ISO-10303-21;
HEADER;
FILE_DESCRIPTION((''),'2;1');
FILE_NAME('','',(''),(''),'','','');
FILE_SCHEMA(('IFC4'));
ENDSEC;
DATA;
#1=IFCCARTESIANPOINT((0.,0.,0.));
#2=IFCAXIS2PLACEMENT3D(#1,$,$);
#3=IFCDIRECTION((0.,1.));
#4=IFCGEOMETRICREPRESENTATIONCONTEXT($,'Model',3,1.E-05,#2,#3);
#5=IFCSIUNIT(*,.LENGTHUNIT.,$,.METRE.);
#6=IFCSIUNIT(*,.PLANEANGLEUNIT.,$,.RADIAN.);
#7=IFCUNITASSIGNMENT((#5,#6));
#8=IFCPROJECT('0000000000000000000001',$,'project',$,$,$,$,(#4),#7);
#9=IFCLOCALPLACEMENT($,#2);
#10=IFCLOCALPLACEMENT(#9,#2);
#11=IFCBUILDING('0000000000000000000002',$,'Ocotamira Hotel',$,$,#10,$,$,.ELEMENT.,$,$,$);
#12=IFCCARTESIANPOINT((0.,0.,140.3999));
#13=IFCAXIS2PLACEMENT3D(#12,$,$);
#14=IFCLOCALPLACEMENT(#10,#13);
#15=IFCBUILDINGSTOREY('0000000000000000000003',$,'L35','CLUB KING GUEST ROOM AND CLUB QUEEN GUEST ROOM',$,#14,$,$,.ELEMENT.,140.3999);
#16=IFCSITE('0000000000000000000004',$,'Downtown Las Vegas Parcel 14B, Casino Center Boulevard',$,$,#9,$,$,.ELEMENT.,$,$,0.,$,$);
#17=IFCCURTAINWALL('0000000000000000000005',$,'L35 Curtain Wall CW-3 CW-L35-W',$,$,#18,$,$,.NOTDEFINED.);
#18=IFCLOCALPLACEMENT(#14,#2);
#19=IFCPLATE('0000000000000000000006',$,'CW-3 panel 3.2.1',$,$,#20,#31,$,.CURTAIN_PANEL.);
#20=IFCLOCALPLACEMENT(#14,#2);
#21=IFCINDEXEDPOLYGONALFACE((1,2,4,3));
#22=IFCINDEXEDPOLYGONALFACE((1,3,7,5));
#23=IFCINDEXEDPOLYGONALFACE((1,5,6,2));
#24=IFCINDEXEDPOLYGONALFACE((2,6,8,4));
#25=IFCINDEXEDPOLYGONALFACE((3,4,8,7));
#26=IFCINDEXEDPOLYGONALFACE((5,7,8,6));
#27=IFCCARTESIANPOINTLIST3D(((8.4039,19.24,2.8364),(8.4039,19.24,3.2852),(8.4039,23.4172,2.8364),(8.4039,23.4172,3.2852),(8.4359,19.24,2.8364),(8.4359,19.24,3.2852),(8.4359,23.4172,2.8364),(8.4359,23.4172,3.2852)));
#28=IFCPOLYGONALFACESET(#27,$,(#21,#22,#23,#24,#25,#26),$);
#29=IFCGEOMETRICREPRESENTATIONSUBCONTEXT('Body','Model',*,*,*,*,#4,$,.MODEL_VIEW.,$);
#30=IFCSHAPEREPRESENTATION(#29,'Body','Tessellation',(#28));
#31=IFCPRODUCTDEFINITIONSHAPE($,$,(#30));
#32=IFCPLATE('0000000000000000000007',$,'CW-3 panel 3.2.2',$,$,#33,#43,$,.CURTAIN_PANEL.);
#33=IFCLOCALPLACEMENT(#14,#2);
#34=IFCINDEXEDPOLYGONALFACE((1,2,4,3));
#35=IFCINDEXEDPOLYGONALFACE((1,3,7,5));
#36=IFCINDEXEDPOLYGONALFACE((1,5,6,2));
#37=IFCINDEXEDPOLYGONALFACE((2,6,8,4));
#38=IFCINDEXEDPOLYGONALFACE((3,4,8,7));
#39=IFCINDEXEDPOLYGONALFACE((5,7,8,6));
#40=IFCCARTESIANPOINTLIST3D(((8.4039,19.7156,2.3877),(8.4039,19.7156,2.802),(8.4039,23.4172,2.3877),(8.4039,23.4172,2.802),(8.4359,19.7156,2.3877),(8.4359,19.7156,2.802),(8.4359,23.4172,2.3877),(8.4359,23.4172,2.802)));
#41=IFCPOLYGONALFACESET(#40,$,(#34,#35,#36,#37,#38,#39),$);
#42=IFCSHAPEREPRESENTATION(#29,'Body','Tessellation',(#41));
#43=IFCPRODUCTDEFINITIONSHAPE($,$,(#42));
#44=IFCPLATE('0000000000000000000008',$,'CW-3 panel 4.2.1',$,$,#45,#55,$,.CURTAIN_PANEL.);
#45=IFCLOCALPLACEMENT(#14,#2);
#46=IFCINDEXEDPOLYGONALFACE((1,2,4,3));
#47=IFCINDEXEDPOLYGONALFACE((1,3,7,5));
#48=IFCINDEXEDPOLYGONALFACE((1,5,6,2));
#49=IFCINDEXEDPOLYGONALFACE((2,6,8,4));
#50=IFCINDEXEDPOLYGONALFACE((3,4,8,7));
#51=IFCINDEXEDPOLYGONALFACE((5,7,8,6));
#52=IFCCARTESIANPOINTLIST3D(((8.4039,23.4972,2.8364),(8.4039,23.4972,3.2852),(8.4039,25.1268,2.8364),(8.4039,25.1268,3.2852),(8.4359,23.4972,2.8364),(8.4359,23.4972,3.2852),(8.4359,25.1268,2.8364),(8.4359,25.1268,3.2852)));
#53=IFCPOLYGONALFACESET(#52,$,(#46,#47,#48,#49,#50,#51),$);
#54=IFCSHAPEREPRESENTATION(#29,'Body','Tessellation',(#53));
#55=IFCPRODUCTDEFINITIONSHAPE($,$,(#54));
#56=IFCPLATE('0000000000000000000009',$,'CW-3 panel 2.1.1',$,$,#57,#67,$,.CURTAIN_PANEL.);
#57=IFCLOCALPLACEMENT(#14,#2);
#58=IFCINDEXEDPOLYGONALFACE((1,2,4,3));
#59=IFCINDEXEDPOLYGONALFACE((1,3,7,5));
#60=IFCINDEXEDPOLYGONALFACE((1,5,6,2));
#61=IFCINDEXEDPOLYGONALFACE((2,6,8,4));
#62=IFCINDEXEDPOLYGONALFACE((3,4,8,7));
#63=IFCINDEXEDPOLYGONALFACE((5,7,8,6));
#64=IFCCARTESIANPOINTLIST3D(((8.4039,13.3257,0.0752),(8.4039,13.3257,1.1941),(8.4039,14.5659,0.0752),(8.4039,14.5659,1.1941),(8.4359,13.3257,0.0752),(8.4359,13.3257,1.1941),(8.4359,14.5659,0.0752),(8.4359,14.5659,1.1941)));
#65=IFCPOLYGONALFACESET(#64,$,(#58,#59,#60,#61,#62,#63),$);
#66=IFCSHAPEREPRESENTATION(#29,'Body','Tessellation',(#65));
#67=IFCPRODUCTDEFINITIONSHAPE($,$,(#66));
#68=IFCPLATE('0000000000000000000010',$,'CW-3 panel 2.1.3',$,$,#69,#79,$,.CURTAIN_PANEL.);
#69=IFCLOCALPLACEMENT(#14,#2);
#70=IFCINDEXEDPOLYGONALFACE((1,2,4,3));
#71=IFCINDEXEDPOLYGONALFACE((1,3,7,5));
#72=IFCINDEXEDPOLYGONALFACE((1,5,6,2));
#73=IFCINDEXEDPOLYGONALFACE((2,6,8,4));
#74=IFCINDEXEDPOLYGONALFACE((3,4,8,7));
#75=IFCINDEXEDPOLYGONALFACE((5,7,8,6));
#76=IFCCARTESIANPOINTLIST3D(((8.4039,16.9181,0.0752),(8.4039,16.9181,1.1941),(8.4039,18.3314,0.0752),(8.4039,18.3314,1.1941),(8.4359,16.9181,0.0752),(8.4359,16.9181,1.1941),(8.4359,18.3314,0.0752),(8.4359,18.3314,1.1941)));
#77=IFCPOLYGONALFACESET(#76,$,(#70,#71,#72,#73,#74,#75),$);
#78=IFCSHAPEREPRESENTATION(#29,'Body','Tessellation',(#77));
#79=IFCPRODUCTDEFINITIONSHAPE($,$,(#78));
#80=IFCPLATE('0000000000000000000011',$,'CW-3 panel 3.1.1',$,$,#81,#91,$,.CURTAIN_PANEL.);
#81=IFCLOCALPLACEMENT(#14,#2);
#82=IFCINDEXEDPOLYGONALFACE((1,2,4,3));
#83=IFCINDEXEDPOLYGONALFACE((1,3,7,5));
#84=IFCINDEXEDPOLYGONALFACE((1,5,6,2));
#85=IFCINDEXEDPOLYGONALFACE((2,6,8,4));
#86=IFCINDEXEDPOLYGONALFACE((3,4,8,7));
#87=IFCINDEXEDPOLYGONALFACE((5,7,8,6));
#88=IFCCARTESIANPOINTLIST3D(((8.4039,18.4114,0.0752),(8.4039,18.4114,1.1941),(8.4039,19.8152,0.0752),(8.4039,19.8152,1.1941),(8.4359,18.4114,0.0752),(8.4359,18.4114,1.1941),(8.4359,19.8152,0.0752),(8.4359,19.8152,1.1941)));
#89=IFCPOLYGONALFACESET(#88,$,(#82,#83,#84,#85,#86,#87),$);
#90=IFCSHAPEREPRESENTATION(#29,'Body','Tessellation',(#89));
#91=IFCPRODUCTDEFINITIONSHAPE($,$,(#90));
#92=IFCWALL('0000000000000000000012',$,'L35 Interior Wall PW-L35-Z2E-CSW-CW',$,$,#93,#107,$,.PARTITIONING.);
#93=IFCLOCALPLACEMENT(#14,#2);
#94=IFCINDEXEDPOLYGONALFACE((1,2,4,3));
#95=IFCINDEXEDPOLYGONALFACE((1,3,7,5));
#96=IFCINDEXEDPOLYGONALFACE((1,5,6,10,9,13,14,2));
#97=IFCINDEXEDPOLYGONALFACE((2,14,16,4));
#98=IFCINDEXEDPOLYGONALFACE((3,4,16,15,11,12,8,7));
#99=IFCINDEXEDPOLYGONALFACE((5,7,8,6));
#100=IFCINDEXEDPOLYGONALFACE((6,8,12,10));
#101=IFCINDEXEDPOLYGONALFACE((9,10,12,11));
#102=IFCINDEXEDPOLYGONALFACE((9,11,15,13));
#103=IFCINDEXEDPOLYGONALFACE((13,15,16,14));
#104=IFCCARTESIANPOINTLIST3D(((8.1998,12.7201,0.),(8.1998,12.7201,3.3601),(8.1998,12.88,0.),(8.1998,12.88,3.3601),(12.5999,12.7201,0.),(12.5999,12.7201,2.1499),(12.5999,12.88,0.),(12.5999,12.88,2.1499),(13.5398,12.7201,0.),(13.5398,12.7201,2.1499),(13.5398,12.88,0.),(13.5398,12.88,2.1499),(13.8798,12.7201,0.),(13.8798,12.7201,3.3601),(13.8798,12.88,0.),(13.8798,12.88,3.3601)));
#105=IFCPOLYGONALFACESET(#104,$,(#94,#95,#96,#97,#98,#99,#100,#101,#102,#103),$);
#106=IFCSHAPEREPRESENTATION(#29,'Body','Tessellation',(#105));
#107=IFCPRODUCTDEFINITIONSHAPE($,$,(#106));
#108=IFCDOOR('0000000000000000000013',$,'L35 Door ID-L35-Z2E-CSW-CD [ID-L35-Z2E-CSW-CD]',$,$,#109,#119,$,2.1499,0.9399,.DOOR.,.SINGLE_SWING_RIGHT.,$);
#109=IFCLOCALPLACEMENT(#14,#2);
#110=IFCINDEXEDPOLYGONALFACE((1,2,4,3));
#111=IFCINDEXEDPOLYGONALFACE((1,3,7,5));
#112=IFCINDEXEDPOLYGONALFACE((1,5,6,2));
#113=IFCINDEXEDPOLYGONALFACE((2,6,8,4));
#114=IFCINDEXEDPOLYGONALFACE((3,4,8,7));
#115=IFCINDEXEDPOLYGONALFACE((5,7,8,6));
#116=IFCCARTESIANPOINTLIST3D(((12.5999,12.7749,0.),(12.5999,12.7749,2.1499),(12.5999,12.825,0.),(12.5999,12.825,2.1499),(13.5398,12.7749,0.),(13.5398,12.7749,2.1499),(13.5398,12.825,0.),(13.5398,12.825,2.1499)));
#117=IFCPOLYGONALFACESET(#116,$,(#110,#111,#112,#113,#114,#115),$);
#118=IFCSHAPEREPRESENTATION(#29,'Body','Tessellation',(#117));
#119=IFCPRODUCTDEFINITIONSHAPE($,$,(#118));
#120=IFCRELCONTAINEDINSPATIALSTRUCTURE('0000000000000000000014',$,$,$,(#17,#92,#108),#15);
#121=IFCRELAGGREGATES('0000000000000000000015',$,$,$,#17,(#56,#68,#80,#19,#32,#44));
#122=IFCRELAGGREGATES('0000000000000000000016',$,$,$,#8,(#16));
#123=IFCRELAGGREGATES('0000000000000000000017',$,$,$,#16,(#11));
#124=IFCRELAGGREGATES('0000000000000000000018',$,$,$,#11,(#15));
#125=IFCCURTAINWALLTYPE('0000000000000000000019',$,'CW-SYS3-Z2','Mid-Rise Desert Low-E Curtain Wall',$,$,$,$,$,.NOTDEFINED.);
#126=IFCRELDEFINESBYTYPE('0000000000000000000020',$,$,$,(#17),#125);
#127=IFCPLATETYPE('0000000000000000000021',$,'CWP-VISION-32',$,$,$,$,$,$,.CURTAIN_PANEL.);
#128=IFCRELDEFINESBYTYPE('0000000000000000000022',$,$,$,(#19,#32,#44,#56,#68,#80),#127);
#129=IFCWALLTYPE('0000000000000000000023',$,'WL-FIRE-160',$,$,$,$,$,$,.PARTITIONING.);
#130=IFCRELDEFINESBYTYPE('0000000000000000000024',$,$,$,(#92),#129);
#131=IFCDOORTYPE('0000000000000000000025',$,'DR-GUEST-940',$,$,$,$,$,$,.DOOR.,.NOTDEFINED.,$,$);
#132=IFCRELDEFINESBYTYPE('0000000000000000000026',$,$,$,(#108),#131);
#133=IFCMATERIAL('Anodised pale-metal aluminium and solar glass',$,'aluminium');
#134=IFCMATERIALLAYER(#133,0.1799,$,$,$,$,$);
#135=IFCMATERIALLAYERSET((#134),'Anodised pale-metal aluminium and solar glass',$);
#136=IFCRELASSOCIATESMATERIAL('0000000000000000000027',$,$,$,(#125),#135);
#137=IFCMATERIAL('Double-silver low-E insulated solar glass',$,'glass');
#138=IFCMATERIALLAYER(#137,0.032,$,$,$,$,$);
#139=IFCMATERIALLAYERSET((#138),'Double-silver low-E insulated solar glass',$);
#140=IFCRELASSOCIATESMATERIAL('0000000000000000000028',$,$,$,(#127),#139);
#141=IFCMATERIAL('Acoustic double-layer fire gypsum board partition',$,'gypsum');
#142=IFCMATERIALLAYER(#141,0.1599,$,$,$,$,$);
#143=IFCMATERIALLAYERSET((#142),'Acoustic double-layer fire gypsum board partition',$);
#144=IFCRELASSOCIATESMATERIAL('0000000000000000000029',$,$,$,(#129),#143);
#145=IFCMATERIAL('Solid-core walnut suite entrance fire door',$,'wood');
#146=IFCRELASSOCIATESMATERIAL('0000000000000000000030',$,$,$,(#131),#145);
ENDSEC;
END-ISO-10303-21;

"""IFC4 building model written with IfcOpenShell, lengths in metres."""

from ifc_helpers import new_model, si_unit, direction, frame, frame_2d, origin, origin_2d, place, context, subcontext, project, spatial, rectangle, extrude, source, transform, mapped, material, layer, layer_set, type_object, element, fill, aggregate, save


model = new_model("IFC4")

# Units and contexts
model_context = context("Model", 3, precision=1e-05, world=origin(), true_north=direction((0.0, 1.0)))
body_context = subcontext(model_context, "Body", "Model", "MODEL_VIEW")
ifc_project = project(units=[si_unit("LENGTHUNIT", "METRE"), si_unit("PLANEANGLEUNIT", "RADIAN")], contexts=[model_context])

# Site, building, storey
site_placement = place(None, origin())
site = spatial("IfcSite", under=ifc_project, at=site_placement, Name="Downtown Las Vegas Parcel 14B, Casino Center Boulevard", CompositionType="ELEMENT", RefElevation=0.0)
building_placement = place(site_placement, origin())
building = spatial("IfcBuilding", under=site, at=building_placement, Name="Ocotamira Hotel", CompositionType="ELEMENT")
storey_placement = place(building_placement, frame((0.0, 0.0, 140.3999)))
storey = spatial("IfcBuildingStorey", under=building, at=storey_placement, Name="L35", Description="CLUB KING GUEST ROOM AND CLUB QUEEN GUEST ROOM", CompositionType="ELEMENT", Elevation=140.3999)

# Curtain wall
ifc_material_1 = material(Name="Anodised pale-metal aluminium and solar glass", Category="aluminium")
ifc_layer_1 = layer(ifc_material_1, 0.1799)
ifc_layer_set_1 = layer_set([ifc_layer_1], Name="Anodised pale-metal aluminium and solar glass")
curtain_wall_type = type_object("IfcCurtainWallType", Name="CW-SYS3-Z2", Description="Mid-Rise Desert Low-E Curtain Wall", PredefinedType="NOTDEFINED", material=ifc_layer_set_1)
curtain_wall_placement = place(storey_placement, origin())
curtain_wall = element("IfcCurtainWall", 1, at=curtain_wall_placement, inside=storey, type_object=curtain_wall_type, Name="L35 Curtain Wall CW-3 CW-L35-W", PredefinedType="NOTDEFINED")

# Plates
ifc_material_2 = material(Name="Double-silver low-E insulated solar glass", Category="glass")
ifc_layer_2 = layer(ifc_material_2, 0.032)
ifc_layer_set_2 = layer_set([ifc_layer_2], Name="Double-silver low-E insulated solar glass")
plate_type_1 = type_object("IfcPlateType", Name="CWP-VISION-32", PredefinedType="CURTAIN_PANEL", material=ifc_layer_set_2)
shared_shape_1 = source(origin(), body_context, "Body", "SweptSolid", [
    extrude(rectangle(XDim=4.1772, YDim=0.032, at=origin_2d()), origin(), (0.0, 0.0, 1.0), 0.4487),
])
plate_1_placement = place(storey_placement, frame((8.4199, 21.3286, 2.8364), z_axis=(0.0, 0.0, 1.0), x_axis=(0.0, 1.0, 0.0)))
plate_1 = element("IfcPlate", 2, at=plate_1_placement, type_object=plate_type_1, Name="CW-3 panel 3.2.1", PredefinedType="CURTAIN_PANEL", context=body_context, shape_type="MappedRepresentation", body=[
    mapped(shared_shape_1, transform((0.0, 0.0, 0.0), scale=1.0)),
])
shared_shape_2 = source(origin(), body_context, "Body", "SweptSolid", [
    extrude(rectangle(XDim=3.7017, YDim=0.032, at=origin_2d()), origin(), (0.0, 0.0, 1.0), 0.4143),
])
plate_2_placement = place(storey_placement, frame((8.4199, 21.5664, 2.3877), z_axis=(0.0, 0.0, 1.0), x_axis=(0.0, 1.0, 0.0)))
plate_2 = element("IfcPlate", 3, at=plate_2_placement, type_object=plate_type_1, Name="CW-3 panel 3.2.2", PredefinedType="CURTAIN_PANEL", context=body_context, shape_type="MappedRepresentation", body=[
    mapped(shared_shape_2, transform((0.0, 0.0, 0.0), scale=1.0)),
])
shared_shape_3 = source(origin(), body_context, "Body", "SweptSolid", [
    extrude(rectangle(XDim=1.6296, YDim=0.032, at=origin_2d()), origin(), (0.0, 0.0, 1.0), 0.4487),
])
plate_3_placement = place(storey_placement, frame((8.4199, 24.312, 2.8364), z_axis=(0.0, 0.0, 1.0), x_axis=(0.0, 1.0, 0.0)))
plate_3 = element("IfcPlate", 4, at=plate_3_placement, type_object=plate_type_1, Name="CW-3 panel 4.2.1", PredefinedType="CURTAIN_PANEL", context=body_context, shape_type="MappedRepresentation", body=[
    mapped(shared_shape_3, transform((0.0, 0.0, 0.0), scale=1.0)),
])
shared_shape_4 = source(origin(), body_context, "Body", "SweptSolid", [
    extrude(rectangle(XDim=1.2402, YDim=0.032, at=origin_2d()), origin(), (0.0, 0.0, 1.0), 1.1189),
])
plate_4_placement = place(storey_placement, frame((8.4199, 13.9458, 0.0752), z_axis=(0.0, 0.0, 1.0), x_axis=(0.0, 1.0, 0.0)))
plate_4 = element("IfcPlate", 5, at=plate_4_placement, type_object=plate_type_1, Name="CW-3 panel 2.1.1", PredefinedType="CURTAIN_PANEL", context=body_context, shape_type="MappedRepresentation", body=[
    mapped(shared_shape_4, transform((0.0, 0.0, 0.0), scale=1.0)),
])
shared_shape_5 = source(origin(), body_context, "Body", "SweptSolid", [
    extrude(rectangle(XDim=1.4133, YDim=0.032, at=origin_2d()), origin(), (0.0, 0.0, 1.0), 1.1189),
])
plate_5_placement = place(storey_placement, frame((8.4199, 17.6248, 0.0752), z_axis=(0.0, 0.0, 1.0), x_axis=(0.0, 1.0, 0.0)))
plate_5 = element("IfcPlate", 6, at=plate_5_placement, type_object=plate_type_1, Name="CW-3 panel 2.1.3", PredefinedType="CURTAIN_PANEL", context=body_context, shape_type="MappedRepresentation", body=[
    mapped(shared_shape_5, transform((0.0, 0.0, 0.0), scale=1.0)),
])
shared_shape_6 = source(origin(), body_context, "Body", "SweptSolid", [
    extrude(rectangle(XDim=1.4038, YDim=0.032, at=origin_2d()), origin(), (0.0, 0.0, 1.0), 1.1189),
])
plate_6_placement = place(storey_placement, frame((8.4199, 19.1133, 0.0752), z_axis=(0.0, 0.0, 1.0), x_axis=(0.0, 1.0, 0.0)))
plate_6 = element("IfcPlate", 7, at=plate_6_placement, type_object=plate_type_1, Name="CW-3 panel 3.1.1", PredefinedType="CURTAIN_PANEL", context=body_context, shape_type="MappedRepresentation", body=[
    mapped(shared_shape_6, transform((0.0, 0.0, 0.0), scale=1.0)),
])
aggregate(curtain_wall, [plate_4, plate_5, plate_6, plate_1, plate_2, plate_3])

# Wall, opening, door
ifc_material_3 = material(Name="Acoustic double-layer fire gypsum board partition", Category="gypsum")
ifc_layer_3 = layer(ifc_material_3, 0.1599)
ifc_layer_set_3 = layer_set([ifc_layer_3], Name="Acoustic double-layer fire gypsum board partition")
wall_type = type_object("IfcWallType", Name="WL-FIRE-160", PredefinedType="PARTITIONING", material=ifc_layer_set_3)
wall_placement = place(storey_placement, frame((8.2, 12.8, 0.0), z_axis=(0.0, 0.0, 1.0), x_axis=(1.0, 0.0, 0.0)))
wall = element("IfcWall", 8, at=wall_placement, inside=storey, type_object=wall_type, Name="L35 Interior Wall PW-L35-Z2E-CSW-CW", PredefinedType="PARTITIONING", context=body_context, shape_type="SweptSolid", body=[
    extrude(rectangle(XDim=5.6799, YDim=0.1599, at=frame_2d((2.8398, 0.0))), origin(), (0.0, 0.0, 1.0), 3.3601),
])
opening_placement = place(wall_placement, frame((4.3999, 0.0, 0.0)))
opening = element("IfcOpeningElement", 9, at=opening_placement, cuts=wall, PredefinedType="OPENING", context=body_context, shape_type="SweptSolid", body=[
    extrude(rectangle(XDim=0.9399, YDim=2.1499, at=frame_2d((0.47, 1.075))), frame((0.0, 0.0898, 0.0), z_axis=(0.0, -1.0, 0.0), x_axis=(1.0, 0.0, 0.0)), (0.0, 0.0, 1.0), 0.1799),
])
ifc_material_4 = material(Name="Solid-core walnut suite entrance fire door", Category="wood")
door_type = type_object("IfcDoorType", Name="DR-GUEST-940", OperationType="NOTDEFINED", PredefinedType="DOOR", material=ifc_material_4)
shared_shape_7 = source(origin(), body_context, "Body", "SweptSolid", [
    extrude(rectangle(XDim=0.9399, YDim=2.1499, at=frame_2d((0.47, 1.075))), frame((0.0, 0.0249, 0.0), z_axis=(0.0, -1.0, 0.0), x_axis=(1.0, 0.0, 0.0)), (0.0, 0.0, 1.0), 0.05),
])
door_placement = place(opening_placement, origin())
door = element("IfcDoor", 10, at=door_placement, inside=storey, type_object=door_type, Name="L35 Door ID-L35-Z2E-CSW-CD [ID-L35-Z2E-CSW-CD]", OperationType="SINGLE_SWING_RIGHT", OverallHeight=2.1499, OverallWidth=0.9399, PredefinedType="DOOR", context=body_context, shape_type="MappedRepresentation", body=[
    mapped(shared_shape_7, transform((0.0, 0.0, 0.0), scale=1.0)),
])
fill(opening, door)

save(model, "model.ifc")
